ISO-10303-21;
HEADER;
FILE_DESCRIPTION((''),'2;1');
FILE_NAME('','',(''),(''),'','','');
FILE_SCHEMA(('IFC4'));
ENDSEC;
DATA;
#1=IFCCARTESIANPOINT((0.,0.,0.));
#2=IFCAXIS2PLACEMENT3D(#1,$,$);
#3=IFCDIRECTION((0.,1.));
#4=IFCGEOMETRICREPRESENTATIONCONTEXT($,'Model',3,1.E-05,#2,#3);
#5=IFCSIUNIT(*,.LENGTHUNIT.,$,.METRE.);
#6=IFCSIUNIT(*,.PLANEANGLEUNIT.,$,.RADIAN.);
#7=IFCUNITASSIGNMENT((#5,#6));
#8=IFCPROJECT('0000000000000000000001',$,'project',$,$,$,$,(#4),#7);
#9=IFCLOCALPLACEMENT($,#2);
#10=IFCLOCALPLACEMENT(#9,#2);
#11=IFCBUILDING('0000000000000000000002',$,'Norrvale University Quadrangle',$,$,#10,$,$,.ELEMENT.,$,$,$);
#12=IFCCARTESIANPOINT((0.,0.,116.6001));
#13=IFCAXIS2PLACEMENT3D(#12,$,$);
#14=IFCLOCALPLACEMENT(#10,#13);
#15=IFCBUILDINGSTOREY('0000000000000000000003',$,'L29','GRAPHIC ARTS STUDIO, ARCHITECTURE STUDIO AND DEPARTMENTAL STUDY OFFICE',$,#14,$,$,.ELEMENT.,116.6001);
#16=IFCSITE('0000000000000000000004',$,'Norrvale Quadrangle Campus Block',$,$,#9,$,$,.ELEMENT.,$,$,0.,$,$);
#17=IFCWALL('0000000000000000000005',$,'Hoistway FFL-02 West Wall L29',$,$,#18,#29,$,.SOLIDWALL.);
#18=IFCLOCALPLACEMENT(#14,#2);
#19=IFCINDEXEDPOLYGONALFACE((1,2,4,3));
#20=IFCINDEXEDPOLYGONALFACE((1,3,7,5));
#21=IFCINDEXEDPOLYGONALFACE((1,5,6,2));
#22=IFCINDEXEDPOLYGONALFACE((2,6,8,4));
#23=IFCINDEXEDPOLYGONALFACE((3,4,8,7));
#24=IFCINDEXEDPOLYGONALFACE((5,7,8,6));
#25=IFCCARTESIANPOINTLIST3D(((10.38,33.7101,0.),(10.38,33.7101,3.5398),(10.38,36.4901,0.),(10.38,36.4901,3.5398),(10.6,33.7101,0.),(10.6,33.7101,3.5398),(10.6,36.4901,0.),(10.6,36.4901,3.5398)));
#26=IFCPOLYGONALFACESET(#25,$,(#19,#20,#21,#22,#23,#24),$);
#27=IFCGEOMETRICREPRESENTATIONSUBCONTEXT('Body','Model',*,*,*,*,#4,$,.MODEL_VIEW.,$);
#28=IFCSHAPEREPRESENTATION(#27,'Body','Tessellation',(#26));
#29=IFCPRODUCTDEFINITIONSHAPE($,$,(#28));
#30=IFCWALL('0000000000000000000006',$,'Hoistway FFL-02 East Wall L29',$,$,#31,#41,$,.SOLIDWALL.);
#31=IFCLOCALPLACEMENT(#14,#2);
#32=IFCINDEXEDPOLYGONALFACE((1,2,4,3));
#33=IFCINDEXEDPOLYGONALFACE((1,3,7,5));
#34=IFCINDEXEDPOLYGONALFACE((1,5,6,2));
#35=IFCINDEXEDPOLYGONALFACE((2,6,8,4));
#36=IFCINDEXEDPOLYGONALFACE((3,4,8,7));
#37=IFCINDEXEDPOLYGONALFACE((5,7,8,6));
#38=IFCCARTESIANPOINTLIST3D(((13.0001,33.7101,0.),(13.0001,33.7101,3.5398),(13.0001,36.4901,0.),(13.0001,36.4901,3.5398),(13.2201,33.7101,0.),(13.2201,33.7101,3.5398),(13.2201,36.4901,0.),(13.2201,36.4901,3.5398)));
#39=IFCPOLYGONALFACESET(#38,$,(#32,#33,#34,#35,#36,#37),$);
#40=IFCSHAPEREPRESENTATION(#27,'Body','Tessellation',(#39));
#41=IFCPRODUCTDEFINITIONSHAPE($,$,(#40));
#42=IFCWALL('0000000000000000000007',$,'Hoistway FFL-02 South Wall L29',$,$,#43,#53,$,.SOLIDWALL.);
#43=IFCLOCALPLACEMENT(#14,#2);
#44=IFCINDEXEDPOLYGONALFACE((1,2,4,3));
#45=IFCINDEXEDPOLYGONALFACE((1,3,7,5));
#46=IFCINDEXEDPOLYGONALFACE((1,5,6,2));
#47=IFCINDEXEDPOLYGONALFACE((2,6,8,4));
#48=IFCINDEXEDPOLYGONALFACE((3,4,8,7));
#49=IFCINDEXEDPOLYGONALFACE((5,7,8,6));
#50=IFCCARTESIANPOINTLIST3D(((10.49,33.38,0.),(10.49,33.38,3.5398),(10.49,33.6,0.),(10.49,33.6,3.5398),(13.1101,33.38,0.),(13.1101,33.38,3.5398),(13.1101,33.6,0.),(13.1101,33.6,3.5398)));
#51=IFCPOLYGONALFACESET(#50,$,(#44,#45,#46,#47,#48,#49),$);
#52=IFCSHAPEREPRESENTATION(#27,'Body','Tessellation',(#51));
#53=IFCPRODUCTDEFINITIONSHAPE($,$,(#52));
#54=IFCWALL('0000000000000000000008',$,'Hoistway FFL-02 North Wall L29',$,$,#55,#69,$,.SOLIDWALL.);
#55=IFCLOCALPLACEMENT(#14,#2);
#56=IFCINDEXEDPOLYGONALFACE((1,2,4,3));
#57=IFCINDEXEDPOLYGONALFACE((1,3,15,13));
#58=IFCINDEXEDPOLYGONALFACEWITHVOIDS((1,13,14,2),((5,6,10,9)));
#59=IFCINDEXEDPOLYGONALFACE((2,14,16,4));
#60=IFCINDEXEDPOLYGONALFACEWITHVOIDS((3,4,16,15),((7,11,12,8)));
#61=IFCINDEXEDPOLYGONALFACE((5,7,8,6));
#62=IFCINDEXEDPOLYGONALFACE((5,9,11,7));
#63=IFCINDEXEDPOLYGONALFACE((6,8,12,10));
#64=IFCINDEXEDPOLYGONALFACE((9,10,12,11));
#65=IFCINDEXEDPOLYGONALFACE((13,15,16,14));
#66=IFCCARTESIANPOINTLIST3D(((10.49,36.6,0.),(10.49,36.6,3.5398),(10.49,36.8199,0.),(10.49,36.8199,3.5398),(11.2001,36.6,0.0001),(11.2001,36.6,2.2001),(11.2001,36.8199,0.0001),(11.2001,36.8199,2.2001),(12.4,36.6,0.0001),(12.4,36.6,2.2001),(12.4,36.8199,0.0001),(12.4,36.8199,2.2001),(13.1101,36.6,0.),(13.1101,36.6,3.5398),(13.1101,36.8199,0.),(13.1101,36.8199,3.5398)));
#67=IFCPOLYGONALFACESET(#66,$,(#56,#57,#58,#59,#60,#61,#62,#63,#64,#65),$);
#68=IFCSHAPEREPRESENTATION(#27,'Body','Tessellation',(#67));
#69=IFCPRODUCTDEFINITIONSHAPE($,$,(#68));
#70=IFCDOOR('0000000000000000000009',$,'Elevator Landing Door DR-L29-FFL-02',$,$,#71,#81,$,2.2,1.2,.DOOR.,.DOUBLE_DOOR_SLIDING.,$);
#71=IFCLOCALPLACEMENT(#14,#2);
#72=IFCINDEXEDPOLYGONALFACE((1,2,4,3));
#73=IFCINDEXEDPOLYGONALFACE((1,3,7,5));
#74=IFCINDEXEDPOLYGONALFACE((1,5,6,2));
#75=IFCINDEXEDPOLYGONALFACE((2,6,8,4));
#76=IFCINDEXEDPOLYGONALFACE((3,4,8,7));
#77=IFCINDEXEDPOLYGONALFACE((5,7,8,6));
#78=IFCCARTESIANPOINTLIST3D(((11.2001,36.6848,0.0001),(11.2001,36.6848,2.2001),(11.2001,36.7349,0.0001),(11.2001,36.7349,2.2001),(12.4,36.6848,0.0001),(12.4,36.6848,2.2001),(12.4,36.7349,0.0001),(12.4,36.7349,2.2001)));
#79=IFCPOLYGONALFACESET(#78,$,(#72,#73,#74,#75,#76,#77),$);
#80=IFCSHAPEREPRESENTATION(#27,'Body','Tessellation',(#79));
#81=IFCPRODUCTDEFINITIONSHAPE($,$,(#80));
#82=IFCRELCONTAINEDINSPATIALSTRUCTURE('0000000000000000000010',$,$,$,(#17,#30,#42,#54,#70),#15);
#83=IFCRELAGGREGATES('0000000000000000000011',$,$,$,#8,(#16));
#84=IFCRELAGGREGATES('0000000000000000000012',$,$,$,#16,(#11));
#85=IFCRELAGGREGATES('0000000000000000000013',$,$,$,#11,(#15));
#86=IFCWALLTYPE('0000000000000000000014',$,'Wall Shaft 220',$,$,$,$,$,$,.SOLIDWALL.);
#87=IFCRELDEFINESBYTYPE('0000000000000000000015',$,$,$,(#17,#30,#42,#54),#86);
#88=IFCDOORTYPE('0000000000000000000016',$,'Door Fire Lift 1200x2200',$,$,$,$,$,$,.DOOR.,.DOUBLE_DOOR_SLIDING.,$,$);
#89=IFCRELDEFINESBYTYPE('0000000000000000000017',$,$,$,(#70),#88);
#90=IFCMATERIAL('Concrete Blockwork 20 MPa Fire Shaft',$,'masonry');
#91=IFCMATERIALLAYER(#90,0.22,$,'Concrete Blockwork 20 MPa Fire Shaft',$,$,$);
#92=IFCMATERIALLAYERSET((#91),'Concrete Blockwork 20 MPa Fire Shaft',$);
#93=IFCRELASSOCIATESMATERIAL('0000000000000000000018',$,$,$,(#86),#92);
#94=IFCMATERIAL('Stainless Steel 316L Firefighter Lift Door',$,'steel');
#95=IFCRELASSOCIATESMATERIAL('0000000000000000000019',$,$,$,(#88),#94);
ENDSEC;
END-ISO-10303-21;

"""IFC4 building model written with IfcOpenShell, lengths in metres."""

from ifc_helpers import new_model, si_unit, direction, frame, frame_2d, origin, place, context, subcontext, project, spatial, rectangle, extrude, material, layer, layer_set, type_object, element, fill, save


model = new_model("IFC4")

# Units and contexts
model_context = context("Model", 3, precision=1e-05, world=origin(), true_north=direction((0.0, 1.0)))
body_context = subcontext(model_context, "Body", "Model", "MODEL_VIEW")
ifc_project = project(units=[si_unit("LENGTHUNIT", "METRE"), si_unit("PLANEANGLEUNIT", "RADIAN")], contexts=[model_context])

# Site, building, storey
site_placement = place(None, origin())
site = spatial("IfcSite", under=ifc_project, at=site_placement, Name="Norrvale Quadrangle Campus Block", CompositionType="ELEMENT", RefElevation=0.0)
building_placement = place(site_placement, origin())
building = spatial("IfcBuilding", under=site, at=building_placement, Name="Norrvale University Quadrangle", CompositionType="ELEMENT")
storey_placement = place(building_placement, frame((0.0, 0.0, 116.6001)))
storey = spatial("IfcBuildingStorey", under=building, at=storey_placement, Name="L29", Description="GRAPHIC ARTS STUDIO, ARCHITECTURE STUDIO AND DEPARTMENTAL STUDY OFFICE", CompositionType="ELEMENT", Elevation=116.6001)

# Shared definitions
ifc_material_1 = material(Name="Concrete Blockwork 20 MPa Fire Shaft", Category="masonry")
ifc_layer_1 = layer(ifc_material_1, 0.22, Name="Concrete Blockwork 20 MPa Fire Shaft")
ifc_layer_set_1 = layer_set([ifc_layer_1], Name="Concrete Blockwork 20 MPa Fire Shaft")
wall_type_1 = type_object("IfcWallType", Name="Wall Shaft 220", PredefinedType="SOLIDWALL", material=ifc_layer_set_1)

# Shared definitions
ifc_material_2 = material(Name="Stainless Steel 316L Firefighter Lift Door", Category="steel")
door_type_1 = type_object("IfcDoorType", Name="Door Fire Lift 1200x2200", OperationType="DOUBLE_DOOR_SLIDING", PredefinedType="DOOR", material=ifc_material_2)

# Walls
for number, where, z_axis, x_axis, name in (
    (1, (10.49, 33.71, 0.0), (0.0, 0.0, 1.0), (0.0, 1.0, 0.0), "Hoistway FFL-02 West Wall L29"),
    (2, (13.1101, 33.71, 0.0), (0.0, 0.0, 1.0), (0.0, 1.0, 0.0), "Hoistway FFL-02 East Wall L29"),
):
    element("IfcWall", number, at=place(storey_placement, frame(where, z_axis=z_axis, x_axis=x_axis)), inside=storey, type_object=wall_type_1, Name=name, PredefinedType="SOLIDWALL", context=body_context, shape_type="SweptSolid", body=[
        extrude(rectangle(XDim=2.78, YDim=0.22, at=frame_2d((1.3901, 0.0))), origin(), (0.0, 0.0, 1.0), 3.5398),
    ])
wall_1_placement = place(storey_placement, frame((10.49, 33.49, 0.0), z_axis=(0.0, 0.0, 1.0), x_axis=(1.0, 0.0, 0.0)))
element("IfcWall", 3, at=wall_1_placement, inside=storey, type_object=wall_type_1, Name="Hoistway FFL-02 South Wall L29", PredefinedType="SOLIDWALL", context=body_context, shape_type="SweptSolid", body=[
    extrude(rectangle(XDim=2.6201, YDim=0.22, at=frame_2d((1.3101, 0.0))), origin(), (0.0, 0.0, 1.0), 3.5398),
])

# Wall, opening, door
wall_2_placement = place(storey_placement, frame((10.49, 36.71, 0.0), z_axis=(0.0, 0.0, 1.0), x_axis=(1.0, 0.0, 0.0)))
wall_2 = element("IfcWall", 4, at=wall_2_placement, inside=storey, type_object=wall_type_1, Name="Hoistway FFL-02 North Wall L29", PredefinedType="SOLIDWALL", context=body_context, shape_type="SweptSolid", body=[
    extrude(rectangle(XDim=2.6201, YDim=0.22, at=frame_2d((1.3101, 0.0))), origin(), (0.0, 0.0, 1.0), 3.5398),
])
opening_1_placement = place(wall_2_placement, frame((0.71, 0.0, 0.0)))
opening_1 = element("IfcOpeningElement", 5, at=opening_1_placement, cuts=wall_2, PredefinedType="OPENING", context=body_context, shape_type="SweptSolid", body=[
    extrude(rectangle(XDim=1.2, YDim=2.2, at=frame_2d((0.6001, 1.1001))), frame((0.0, 0.1221, 0.0), z_axis=(0.0, -1.0, 0.0), x_axis=(1.0, 0.0, 0.0)), (0.0, 0.0, 1.0), 0.2439),
])
door_1_placement = place(opening_1_placement, origin())
door_1 = element("IfcDoor", 6, at=door_1_placement, inside=storey, type_object=door_type_1, Name="Elevator Landing Door DR-L29-FFL-02", OperationType="DOUBLE_DOOR_SLIDING", OverallHeight=2.2, OverallWidth=1.2, PredefinedType="DOOR", context=body_context, shape_type="SweptSolid", body=[
    extrude(rectangle(XDim=1.2, YDim=2.2, at=frame_2d((0.6001, 1.1001))), frame((0.0, 0.0249, 0.0), z_axis=(0.0, -1.0, 0.0), x_axis=(1.0, 0.0, 0.0)), (0.0, 0.0, 1.0), 0.05),
])
fill(opening_1, door_1)

save(model, "model.ifc")
